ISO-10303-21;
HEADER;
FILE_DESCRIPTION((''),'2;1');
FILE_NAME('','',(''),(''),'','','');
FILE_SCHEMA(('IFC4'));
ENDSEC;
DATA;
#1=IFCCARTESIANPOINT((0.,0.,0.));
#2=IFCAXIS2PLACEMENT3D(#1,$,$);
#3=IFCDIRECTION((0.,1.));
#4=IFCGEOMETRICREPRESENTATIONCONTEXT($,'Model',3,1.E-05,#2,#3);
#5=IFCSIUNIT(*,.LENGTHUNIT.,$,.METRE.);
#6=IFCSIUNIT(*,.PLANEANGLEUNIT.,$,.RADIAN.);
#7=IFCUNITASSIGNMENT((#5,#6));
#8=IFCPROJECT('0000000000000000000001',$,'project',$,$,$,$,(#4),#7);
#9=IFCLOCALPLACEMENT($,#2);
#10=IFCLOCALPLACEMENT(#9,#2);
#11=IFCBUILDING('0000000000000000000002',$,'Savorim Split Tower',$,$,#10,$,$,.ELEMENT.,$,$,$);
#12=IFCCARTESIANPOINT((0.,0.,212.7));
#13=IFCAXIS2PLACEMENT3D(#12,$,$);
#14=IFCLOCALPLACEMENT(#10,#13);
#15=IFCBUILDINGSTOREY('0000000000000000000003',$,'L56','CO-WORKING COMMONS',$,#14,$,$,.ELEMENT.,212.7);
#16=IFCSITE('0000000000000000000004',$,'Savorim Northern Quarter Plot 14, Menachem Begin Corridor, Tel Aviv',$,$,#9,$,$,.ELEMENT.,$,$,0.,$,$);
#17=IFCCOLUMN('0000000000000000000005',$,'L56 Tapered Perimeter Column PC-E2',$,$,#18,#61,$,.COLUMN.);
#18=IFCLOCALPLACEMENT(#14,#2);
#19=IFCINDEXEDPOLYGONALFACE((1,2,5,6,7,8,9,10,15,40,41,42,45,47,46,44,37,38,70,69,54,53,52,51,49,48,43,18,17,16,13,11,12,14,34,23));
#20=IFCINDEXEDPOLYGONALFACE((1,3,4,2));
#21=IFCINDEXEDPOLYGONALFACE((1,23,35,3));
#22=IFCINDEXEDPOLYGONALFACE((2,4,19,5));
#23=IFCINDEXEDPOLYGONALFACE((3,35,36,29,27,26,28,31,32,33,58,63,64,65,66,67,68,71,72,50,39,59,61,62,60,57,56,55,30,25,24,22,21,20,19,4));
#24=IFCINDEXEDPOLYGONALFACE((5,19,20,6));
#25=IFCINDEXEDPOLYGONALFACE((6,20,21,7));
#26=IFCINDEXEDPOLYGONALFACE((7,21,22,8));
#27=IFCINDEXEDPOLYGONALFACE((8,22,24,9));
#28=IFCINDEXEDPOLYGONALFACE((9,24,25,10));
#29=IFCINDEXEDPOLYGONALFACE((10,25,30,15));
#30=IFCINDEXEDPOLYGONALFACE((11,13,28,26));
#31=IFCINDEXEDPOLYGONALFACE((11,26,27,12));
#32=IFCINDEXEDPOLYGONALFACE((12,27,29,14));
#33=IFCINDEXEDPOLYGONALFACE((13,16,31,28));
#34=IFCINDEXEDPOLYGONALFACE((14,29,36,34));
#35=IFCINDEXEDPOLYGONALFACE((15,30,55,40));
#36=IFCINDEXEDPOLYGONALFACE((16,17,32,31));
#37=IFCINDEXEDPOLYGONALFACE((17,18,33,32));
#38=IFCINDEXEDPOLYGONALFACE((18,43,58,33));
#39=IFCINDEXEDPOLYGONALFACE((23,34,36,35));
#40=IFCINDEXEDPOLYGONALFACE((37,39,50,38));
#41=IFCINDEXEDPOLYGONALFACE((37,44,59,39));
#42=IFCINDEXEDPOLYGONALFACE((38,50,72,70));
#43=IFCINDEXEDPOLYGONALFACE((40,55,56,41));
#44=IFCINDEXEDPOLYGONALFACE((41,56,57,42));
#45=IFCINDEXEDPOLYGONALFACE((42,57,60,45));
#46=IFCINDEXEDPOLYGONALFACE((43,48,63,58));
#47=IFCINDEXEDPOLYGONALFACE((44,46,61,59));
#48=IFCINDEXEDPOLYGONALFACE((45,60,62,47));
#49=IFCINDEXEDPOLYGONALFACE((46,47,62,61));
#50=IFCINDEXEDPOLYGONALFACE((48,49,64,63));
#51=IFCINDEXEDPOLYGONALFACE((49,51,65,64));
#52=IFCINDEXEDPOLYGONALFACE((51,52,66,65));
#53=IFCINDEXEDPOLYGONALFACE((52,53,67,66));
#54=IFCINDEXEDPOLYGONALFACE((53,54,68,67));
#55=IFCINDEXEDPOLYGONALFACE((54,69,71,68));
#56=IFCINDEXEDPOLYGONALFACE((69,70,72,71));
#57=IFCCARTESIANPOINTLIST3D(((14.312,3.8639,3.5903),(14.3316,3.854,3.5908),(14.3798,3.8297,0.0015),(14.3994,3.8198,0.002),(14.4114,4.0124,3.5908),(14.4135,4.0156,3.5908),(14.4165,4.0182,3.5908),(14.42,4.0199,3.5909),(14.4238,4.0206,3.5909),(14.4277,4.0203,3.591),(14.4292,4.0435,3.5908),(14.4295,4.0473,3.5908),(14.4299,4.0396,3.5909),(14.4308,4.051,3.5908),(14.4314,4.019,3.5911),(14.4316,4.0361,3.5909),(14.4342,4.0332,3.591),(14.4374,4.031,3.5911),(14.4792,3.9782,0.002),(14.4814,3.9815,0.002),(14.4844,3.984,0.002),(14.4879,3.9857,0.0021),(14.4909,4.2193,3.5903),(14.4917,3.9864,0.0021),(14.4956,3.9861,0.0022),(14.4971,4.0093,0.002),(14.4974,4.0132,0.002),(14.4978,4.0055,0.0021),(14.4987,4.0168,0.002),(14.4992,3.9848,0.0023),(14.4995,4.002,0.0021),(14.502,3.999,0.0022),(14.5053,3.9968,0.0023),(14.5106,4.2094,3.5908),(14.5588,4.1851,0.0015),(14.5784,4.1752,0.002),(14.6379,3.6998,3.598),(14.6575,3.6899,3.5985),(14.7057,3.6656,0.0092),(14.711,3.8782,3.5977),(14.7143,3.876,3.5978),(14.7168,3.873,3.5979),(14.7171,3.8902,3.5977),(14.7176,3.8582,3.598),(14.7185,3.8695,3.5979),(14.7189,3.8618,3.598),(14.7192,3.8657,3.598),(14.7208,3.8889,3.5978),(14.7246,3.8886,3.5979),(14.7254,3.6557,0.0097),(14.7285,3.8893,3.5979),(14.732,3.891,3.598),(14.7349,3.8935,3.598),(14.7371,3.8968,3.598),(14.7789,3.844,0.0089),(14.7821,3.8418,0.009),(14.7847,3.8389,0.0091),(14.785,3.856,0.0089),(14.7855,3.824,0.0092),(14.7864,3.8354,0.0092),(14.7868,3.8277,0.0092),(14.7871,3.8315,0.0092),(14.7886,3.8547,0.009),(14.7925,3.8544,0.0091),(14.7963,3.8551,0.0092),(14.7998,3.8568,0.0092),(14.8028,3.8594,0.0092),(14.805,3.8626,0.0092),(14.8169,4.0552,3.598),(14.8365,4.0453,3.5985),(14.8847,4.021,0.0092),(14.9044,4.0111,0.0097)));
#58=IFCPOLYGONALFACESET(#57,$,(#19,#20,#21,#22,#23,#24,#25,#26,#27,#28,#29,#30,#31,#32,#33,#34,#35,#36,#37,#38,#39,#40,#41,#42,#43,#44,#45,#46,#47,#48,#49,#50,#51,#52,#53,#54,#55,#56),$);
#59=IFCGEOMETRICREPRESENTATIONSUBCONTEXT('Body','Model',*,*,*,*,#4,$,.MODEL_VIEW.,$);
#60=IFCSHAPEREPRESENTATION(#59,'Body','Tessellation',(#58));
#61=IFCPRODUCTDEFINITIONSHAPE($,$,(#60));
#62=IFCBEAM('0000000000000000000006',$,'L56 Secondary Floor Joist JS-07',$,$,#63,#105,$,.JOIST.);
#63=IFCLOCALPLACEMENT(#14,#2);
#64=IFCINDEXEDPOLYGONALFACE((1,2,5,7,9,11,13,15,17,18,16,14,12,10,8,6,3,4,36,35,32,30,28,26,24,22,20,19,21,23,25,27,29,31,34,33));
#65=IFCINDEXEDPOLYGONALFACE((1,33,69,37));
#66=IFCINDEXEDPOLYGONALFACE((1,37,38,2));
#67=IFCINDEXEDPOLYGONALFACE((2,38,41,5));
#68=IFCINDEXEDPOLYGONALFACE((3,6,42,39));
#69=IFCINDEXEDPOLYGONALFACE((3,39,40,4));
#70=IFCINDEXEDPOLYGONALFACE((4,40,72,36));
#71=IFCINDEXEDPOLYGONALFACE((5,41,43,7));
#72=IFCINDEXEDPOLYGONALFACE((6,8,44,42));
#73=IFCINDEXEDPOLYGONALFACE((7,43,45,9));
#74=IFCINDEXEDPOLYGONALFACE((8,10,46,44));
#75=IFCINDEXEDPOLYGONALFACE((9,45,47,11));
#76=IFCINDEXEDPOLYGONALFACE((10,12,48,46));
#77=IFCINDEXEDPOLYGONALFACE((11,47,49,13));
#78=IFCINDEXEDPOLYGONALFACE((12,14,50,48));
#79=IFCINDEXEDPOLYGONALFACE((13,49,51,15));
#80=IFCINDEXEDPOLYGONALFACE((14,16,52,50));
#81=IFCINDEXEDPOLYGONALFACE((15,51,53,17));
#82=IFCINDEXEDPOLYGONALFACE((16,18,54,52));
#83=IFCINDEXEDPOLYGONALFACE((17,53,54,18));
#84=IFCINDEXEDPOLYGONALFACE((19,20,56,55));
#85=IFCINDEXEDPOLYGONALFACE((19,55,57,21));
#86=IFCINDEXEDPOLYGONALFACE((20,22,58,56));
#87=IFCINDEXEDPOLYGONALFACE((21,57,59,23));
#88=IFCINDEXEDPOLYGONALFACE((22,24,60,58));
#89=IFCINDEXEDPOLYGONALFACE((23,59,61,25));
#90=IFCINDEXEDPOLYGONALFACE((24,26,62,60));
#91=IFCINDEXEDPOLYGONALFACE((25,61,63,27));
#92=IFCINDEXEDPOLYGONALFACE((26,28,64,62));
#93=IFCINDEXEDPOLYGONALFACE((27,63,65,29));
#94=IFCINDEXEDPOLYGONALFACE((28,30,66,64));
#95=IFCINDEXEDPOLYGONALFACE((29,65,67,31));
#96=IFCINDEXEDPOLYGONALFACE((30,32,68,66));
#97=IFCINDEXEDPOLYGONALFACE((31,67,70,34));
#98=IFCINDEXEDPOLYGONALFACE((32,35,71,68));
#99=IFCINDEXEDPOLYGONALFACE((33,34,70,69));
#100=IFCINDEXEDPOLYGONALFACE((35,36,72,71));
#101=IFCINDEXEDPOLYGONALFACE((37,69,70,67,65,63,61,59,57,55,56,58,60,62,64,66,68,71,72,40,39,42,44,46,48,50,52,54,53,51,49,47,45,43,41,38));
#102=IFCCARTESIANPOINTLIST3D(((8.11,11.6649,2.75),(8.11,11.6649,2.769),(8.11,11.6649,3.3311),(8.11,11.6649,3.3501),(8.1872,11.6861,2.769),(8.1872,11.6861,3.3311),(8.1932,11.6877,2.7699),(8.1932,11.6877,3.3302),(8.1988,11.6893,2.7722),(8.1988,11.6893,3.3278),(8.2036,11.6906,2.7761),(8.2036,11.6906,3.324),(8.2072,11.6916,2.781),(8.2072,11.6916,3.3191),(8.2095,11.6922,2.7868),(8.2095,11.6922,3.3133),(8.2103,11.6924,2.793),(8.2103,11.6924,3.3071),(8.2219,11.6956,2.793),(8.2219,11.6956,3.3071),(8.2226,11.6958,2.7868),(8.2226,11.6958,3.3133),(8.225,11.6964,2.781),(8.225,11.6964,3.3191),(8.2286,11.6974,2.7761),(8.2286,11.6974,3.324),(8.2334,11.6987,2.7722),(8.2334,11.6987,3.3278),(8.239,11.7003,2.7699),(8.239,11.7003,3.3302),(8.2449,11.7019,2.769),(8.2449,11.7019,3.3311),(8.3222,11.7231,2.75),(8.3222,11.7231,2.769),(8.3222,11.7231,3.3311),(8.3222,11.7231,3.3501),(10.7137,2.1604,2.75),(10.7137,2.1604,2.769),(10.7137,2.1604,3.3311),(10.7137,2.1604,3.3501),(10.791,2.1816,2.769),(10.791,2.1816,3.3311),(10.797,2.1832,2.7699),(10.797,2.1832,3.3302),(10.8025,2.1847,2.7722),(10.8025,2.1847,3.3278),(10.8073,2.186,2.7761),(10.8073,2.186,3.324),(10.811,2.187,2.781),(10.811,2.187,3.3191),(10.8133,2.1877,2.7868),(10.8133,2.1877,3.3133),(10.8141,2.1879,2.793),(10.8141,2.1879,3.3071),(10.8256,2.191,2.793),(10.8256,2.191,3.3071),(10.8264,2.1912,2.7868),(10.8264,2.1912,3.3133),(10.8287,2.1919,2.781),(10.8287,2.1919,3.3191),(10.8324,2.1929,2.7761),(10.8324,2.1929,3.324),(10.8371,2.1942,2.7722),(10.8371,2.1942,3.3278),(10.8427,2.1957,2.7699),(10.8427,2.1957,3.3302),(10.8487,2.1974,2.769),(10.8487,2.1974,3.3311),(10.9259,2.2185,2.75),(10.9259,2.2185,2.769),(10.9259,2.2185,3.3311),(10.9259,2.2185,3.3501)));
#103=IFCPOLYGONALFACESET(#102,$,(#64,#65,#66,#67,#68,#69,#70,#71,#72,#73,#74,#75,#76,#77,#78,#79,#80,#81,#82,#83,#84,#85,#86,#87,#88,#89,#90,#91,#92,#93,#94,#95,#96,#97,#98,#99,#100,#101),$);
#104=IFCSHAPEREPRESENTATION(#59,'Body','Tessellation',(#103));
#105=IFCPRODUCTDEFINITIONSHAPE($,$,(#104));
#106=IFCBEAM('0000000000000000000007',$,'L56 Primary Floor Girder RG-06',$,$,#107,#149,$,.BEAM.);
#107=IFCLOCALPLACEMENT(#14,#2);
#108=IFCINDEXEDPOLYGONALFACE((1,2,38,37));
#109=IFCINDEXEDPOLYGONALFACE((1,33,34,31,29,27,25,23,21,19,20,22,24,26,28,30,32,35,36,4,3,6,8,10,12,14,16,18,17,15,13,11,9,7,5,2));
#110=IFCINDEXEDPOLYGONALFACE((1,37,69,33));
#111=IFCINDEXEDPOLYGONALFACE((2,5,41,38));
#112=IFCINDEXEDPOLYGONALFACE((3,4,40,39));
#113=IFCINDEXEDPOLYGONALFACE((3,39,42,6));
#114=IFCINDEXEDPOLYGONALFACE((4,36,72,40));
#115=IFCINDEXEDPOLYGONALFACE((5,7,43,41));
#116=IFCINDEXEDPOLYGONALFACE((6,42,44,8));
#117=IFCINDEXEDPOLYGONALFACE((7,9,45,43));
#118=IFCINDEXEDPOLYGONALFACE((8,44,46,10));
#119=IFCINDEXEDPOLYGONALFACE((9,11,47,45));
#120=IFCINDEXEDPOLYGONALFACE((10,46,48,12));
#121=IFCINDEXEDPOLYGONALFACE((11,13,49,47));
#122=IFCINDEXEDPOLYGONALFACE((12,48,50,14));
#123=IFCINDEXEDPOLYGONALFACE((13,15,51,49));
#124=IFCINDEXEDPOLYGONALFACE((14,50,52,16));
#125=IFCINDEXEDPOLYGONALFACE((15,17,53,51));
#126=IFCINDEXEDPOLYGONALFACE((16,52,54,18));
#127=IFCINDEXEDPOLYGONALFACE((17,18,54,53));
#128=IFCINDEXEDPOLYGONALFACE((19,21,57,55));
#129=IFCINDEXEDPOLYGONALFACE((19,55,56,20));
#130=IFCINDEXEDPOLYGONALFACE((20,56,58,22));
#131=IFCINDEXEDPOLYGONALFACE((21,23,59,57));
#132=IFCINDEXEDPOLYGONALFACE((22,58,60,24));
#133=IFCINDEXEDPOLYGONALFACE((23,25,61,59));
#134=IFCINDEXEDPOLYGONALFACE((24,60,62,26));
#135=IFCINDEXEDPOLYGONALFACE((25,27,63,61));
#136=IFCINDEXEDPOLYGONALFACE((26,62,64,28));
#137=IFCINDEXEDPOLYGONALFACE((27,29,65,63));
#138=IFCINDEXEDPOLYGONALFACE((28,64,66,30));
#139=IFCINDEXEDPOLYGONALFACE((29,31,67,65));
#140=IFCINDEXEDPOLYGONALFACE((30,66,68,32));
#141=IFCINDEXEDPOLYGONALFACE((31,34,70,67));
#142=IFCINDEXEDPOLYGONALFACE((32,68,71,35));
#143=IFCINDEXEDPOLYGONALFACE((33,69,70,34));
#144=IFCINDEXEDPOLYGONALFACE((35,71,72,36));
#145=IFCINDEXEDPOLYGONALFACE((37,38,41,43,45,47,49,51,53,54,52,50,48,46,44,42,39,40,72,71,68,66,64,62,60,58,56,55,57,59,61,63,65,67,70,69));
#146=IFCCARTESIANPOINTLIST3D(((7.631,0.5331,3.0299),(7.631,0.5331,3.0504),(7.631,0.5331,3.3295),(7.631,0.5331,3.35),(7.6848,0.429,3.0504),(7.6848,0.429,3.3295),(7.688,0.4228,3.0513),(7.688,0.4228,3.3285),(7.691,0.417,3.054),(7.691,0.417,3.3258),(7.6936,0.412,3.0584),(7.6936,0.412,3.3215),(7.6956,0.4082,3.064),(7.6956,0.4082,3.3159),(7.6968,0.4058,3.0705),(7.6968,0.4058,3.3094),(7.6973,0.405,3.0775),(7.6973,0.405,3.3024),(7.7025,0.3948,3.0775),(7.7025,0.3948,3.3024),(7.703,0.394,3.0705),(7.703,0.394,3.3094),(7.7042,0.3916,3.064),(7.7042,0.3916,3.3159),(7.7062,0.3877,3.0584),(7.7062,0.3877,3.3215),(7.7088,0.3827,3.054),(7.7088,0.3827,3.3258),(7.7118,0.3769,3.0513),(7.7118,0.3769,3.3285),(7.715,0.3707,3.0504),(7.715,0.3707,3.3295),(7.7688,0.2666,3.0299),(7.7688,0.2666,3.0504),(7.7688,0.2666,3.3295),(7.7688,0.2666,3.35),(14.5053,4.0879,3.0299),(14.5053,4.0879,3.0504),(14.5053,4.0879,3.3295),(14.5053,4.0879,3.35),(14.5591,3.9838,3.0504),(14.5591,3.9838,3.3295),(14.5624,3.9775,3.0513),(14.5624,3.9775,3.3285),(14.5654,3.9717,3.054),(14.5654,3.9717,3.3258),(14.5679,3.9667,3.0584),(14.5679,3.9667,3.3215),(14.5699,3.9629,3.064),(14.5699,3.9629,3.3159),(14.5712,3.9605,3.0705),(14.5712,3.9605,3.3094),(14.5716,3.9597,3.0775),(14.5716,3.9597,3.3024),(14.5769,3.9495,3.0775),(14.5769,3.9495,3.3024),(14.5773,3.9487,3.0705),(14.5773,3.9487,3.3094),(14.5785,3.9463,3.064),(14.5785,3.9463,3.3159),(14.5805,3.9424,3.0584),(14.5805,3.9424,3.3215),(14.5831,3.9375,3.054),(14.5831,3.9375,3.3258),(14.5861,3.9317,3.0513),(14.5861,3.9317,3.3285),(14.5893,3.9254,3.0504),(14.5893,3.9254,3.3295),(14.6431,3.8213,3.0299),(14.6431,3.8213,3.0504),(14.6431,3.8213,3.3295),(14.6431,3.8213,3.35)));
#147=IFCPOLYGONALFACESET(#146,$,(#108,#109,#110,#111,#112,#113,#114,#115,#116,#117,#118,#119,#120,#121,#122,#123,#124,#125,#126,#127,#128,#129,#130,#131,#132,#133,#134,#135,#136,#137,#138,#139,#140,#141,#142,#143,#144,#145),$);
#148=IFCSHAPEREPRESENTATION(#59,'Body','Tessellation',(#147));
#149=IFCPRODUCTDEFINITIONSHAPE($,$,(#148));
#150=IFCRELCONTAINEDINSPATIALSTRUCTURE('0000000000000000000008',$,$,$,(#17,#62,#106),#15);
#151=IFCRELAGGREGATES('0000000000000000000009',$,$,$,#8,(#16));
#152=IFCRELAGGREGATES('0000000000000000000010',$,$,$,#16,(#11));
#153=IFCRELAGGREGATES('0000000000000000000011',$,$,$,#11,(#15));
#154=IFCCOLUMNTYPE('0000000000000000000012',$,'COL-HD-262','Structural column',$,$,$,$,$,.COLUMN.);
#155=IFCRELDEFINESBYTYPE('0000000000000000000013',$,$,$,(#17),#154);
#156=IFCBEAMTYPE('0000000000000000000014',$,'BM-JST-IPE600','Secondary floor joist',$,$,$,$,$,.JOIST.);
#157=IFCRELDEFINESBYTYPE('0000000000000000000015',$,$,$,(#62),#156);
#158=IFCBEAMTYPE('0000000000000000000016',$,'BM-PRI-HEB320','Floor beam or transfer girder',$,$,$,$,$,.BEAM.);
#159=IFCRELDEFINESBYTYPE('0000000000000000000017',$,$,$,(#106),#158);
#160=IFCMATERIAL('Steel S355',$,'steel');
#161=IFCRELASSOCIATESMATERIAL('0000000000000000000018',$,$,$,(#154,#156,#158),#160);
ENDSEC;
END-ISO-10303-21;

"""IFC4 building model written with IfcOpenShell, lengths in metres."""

from ifc_helpers import new_model, si_unit, direction, frame, origin, origin_2d, place, context, subcontext, project, spatial, i_section, extrude, material, material_profile, profile_set, type_object, element, save


model = new_model("IFC4")

# Units and contexts
model_context = context("Model", 3, precision=1e-05, world=origin(), true_north=direction((0.0, 1.0)))
body_context = subcontext(model_context, "Body", "Model", "MODEL_VIEW")
ifc_project = project(units=[si_unit("LENGTHUNIT", "METRE"), si_unit("PLANEANGLEUNIT", "RADIAN")], contexts=[model_context])

# Site, building, storey
site_placement = place(None, origin())
site = spatial("IfcSite", under=ifc_project, at=site_placement, Name="Savorim Northern Quarter Plot 14, Menachem Begin Corridor, Tel Aviv", CompositionType="ELEMENT", RefElevation=0.0)
building_placement = place(site_placement, origin())
building = spatial("IfcBuilding", under=site, at=building_placement, Name="Savorim Split Tower", CompositionType="ELEMENT")
storey_placement = place(building_placement, frame((0.0, 0.0, 212.7)))
storey = spatial("IfcBuildingStorey", under=building, at=storey_placement, Name="L56", Description="CO-WORKING COMMONS", CompositionType="ELEMENT", Elevation=212.7)

# Column
ifc_material_1 = material(Name="Steel S355", Category="steel")
ifc_material_profile_1 = material_profile(ifc_material_1, i_section(OverallWidth=0.3979, OverallDepth=0.387, WebThickness=0.0134, FlangeThickness=0.022, FilletRadius=0.0149, at=origin_2d()), Name="HD 400x262")
ifc_profile_set_1 = profile_set([ifc_material_profile_1], Name="Steel S355")
column_type = type_object("IfcColumnType", Name="COL-HD-262", Description="Structural column", PredefinedType="COLUMN", material=ifc_profile_set_1)
column_placement = place(storey_placement, frame((14.6421, 3.9204, 0.0056), z_axis=(-0.018907, 0.009522, 0.999776), x_axis=(-0.449782, -0.893138, 0.0)))
element("IfcColumn", 1, at=column_placement, inside=storey, type_object=column_type, Name="L56 Tapered Perimeter Column PC-E2", PredefinedType="COLUMN", context=body_context, shape_type="SweptSolid", body=[
    extrude(i_section(OverallWidth=0.3979, OverallDepth=0.387, WebThickness=0.0134, FlangeThickness=0.022, FilletRadius=0.0149, at=origin_2d()), origin(), (0.0, 0.0, 1.0), 3.5896),
])

# Beams
ifc_material_profile_2 = material_profile(ifc_material_1, i_section(OverallWidth=0.22, OverallDepth=0.6001, WebThickness=0.012, FlangeThickness=0.019, FilletRadius=0.0239, at=origin_2d()), Name="IPE 600")
ifc_profile_set_2 = profile_set([ifc_material_profile_2], Name="Steel S355")
beam_type_1 = type_object("IfcBeamType", Name="BM-JST-IPE600", Description="Secondary floor joist", PredefinedType="JOIST", material=ifc_profile_set_2)
beam_1_placement = place(storey_placement, frame((10.8198, 2.1895, 3.05), z_axis=(-0.264211, 0.964465, 0.0), x_axis=(-0.964465, -0.264211, 0.0)))
element("IfcBeam", 2, at=beam_1_placement, inside=storey, type_object=beam_type_1, Name="L56 Secondary Floor Joist JS-07", PredefinedType="JOIST", context=body_context, shape_type="SweptSolid", body=[
    extrude(i_section(OverallWidth=0.22, OverallDepth=0.6001, WebThickness=0.012, FlangeThickness=0.019, FilletRadius=0.0239, at=origin_2d()), origin(), (0.0, 0.0, 1.0), 9.8547),
])
ifc_material_profile_3 = material_profile(ifc_material_1, i_section(OverallWidth=0.3, OverallDepth=0.3201, WebThickness=0.0115, FlangeThickness=0.0205, FilletRadius=0.0271, at=origin_2d()), Name="HEB 320")
ifc_profile_set_3 = profile_set([ifc_material_profile_3], Name="Steel S355")
beam_type_2 = type_object("IfcBeamType", Name="BM-PRI-HEB320", Description="Floor beam or transfer girder", PredefinedType="BEAM", material=ifc_profile_set_3)
beam_2_placement = place(storey_placement, frame((14.5742, 3.9546, 3.1899), z_axis=(-0.888269, -0.459324, 0.0), x_axis=(0.459324, -0.888269, 0.0)))
element("IfcBeam", 3, at=beam_2_placement, inside=storey, type_object=beam_type_2, Name="L56 Primary Floor Girder RG-06", PredefinedType="BEAM", context=body_context, shape_type="SweptSolid", body=[
    extrude(i_section(OverallWidth=0.3, OverallDepth=0.3201, WebThickness=0.0115, FlangeThickness=0.0205, FilletRadius=0.0271, at=origin_2d()), origin(), (0.0, 0.0, 1.0), 7.739),
])

save(model, "model.ifc")
